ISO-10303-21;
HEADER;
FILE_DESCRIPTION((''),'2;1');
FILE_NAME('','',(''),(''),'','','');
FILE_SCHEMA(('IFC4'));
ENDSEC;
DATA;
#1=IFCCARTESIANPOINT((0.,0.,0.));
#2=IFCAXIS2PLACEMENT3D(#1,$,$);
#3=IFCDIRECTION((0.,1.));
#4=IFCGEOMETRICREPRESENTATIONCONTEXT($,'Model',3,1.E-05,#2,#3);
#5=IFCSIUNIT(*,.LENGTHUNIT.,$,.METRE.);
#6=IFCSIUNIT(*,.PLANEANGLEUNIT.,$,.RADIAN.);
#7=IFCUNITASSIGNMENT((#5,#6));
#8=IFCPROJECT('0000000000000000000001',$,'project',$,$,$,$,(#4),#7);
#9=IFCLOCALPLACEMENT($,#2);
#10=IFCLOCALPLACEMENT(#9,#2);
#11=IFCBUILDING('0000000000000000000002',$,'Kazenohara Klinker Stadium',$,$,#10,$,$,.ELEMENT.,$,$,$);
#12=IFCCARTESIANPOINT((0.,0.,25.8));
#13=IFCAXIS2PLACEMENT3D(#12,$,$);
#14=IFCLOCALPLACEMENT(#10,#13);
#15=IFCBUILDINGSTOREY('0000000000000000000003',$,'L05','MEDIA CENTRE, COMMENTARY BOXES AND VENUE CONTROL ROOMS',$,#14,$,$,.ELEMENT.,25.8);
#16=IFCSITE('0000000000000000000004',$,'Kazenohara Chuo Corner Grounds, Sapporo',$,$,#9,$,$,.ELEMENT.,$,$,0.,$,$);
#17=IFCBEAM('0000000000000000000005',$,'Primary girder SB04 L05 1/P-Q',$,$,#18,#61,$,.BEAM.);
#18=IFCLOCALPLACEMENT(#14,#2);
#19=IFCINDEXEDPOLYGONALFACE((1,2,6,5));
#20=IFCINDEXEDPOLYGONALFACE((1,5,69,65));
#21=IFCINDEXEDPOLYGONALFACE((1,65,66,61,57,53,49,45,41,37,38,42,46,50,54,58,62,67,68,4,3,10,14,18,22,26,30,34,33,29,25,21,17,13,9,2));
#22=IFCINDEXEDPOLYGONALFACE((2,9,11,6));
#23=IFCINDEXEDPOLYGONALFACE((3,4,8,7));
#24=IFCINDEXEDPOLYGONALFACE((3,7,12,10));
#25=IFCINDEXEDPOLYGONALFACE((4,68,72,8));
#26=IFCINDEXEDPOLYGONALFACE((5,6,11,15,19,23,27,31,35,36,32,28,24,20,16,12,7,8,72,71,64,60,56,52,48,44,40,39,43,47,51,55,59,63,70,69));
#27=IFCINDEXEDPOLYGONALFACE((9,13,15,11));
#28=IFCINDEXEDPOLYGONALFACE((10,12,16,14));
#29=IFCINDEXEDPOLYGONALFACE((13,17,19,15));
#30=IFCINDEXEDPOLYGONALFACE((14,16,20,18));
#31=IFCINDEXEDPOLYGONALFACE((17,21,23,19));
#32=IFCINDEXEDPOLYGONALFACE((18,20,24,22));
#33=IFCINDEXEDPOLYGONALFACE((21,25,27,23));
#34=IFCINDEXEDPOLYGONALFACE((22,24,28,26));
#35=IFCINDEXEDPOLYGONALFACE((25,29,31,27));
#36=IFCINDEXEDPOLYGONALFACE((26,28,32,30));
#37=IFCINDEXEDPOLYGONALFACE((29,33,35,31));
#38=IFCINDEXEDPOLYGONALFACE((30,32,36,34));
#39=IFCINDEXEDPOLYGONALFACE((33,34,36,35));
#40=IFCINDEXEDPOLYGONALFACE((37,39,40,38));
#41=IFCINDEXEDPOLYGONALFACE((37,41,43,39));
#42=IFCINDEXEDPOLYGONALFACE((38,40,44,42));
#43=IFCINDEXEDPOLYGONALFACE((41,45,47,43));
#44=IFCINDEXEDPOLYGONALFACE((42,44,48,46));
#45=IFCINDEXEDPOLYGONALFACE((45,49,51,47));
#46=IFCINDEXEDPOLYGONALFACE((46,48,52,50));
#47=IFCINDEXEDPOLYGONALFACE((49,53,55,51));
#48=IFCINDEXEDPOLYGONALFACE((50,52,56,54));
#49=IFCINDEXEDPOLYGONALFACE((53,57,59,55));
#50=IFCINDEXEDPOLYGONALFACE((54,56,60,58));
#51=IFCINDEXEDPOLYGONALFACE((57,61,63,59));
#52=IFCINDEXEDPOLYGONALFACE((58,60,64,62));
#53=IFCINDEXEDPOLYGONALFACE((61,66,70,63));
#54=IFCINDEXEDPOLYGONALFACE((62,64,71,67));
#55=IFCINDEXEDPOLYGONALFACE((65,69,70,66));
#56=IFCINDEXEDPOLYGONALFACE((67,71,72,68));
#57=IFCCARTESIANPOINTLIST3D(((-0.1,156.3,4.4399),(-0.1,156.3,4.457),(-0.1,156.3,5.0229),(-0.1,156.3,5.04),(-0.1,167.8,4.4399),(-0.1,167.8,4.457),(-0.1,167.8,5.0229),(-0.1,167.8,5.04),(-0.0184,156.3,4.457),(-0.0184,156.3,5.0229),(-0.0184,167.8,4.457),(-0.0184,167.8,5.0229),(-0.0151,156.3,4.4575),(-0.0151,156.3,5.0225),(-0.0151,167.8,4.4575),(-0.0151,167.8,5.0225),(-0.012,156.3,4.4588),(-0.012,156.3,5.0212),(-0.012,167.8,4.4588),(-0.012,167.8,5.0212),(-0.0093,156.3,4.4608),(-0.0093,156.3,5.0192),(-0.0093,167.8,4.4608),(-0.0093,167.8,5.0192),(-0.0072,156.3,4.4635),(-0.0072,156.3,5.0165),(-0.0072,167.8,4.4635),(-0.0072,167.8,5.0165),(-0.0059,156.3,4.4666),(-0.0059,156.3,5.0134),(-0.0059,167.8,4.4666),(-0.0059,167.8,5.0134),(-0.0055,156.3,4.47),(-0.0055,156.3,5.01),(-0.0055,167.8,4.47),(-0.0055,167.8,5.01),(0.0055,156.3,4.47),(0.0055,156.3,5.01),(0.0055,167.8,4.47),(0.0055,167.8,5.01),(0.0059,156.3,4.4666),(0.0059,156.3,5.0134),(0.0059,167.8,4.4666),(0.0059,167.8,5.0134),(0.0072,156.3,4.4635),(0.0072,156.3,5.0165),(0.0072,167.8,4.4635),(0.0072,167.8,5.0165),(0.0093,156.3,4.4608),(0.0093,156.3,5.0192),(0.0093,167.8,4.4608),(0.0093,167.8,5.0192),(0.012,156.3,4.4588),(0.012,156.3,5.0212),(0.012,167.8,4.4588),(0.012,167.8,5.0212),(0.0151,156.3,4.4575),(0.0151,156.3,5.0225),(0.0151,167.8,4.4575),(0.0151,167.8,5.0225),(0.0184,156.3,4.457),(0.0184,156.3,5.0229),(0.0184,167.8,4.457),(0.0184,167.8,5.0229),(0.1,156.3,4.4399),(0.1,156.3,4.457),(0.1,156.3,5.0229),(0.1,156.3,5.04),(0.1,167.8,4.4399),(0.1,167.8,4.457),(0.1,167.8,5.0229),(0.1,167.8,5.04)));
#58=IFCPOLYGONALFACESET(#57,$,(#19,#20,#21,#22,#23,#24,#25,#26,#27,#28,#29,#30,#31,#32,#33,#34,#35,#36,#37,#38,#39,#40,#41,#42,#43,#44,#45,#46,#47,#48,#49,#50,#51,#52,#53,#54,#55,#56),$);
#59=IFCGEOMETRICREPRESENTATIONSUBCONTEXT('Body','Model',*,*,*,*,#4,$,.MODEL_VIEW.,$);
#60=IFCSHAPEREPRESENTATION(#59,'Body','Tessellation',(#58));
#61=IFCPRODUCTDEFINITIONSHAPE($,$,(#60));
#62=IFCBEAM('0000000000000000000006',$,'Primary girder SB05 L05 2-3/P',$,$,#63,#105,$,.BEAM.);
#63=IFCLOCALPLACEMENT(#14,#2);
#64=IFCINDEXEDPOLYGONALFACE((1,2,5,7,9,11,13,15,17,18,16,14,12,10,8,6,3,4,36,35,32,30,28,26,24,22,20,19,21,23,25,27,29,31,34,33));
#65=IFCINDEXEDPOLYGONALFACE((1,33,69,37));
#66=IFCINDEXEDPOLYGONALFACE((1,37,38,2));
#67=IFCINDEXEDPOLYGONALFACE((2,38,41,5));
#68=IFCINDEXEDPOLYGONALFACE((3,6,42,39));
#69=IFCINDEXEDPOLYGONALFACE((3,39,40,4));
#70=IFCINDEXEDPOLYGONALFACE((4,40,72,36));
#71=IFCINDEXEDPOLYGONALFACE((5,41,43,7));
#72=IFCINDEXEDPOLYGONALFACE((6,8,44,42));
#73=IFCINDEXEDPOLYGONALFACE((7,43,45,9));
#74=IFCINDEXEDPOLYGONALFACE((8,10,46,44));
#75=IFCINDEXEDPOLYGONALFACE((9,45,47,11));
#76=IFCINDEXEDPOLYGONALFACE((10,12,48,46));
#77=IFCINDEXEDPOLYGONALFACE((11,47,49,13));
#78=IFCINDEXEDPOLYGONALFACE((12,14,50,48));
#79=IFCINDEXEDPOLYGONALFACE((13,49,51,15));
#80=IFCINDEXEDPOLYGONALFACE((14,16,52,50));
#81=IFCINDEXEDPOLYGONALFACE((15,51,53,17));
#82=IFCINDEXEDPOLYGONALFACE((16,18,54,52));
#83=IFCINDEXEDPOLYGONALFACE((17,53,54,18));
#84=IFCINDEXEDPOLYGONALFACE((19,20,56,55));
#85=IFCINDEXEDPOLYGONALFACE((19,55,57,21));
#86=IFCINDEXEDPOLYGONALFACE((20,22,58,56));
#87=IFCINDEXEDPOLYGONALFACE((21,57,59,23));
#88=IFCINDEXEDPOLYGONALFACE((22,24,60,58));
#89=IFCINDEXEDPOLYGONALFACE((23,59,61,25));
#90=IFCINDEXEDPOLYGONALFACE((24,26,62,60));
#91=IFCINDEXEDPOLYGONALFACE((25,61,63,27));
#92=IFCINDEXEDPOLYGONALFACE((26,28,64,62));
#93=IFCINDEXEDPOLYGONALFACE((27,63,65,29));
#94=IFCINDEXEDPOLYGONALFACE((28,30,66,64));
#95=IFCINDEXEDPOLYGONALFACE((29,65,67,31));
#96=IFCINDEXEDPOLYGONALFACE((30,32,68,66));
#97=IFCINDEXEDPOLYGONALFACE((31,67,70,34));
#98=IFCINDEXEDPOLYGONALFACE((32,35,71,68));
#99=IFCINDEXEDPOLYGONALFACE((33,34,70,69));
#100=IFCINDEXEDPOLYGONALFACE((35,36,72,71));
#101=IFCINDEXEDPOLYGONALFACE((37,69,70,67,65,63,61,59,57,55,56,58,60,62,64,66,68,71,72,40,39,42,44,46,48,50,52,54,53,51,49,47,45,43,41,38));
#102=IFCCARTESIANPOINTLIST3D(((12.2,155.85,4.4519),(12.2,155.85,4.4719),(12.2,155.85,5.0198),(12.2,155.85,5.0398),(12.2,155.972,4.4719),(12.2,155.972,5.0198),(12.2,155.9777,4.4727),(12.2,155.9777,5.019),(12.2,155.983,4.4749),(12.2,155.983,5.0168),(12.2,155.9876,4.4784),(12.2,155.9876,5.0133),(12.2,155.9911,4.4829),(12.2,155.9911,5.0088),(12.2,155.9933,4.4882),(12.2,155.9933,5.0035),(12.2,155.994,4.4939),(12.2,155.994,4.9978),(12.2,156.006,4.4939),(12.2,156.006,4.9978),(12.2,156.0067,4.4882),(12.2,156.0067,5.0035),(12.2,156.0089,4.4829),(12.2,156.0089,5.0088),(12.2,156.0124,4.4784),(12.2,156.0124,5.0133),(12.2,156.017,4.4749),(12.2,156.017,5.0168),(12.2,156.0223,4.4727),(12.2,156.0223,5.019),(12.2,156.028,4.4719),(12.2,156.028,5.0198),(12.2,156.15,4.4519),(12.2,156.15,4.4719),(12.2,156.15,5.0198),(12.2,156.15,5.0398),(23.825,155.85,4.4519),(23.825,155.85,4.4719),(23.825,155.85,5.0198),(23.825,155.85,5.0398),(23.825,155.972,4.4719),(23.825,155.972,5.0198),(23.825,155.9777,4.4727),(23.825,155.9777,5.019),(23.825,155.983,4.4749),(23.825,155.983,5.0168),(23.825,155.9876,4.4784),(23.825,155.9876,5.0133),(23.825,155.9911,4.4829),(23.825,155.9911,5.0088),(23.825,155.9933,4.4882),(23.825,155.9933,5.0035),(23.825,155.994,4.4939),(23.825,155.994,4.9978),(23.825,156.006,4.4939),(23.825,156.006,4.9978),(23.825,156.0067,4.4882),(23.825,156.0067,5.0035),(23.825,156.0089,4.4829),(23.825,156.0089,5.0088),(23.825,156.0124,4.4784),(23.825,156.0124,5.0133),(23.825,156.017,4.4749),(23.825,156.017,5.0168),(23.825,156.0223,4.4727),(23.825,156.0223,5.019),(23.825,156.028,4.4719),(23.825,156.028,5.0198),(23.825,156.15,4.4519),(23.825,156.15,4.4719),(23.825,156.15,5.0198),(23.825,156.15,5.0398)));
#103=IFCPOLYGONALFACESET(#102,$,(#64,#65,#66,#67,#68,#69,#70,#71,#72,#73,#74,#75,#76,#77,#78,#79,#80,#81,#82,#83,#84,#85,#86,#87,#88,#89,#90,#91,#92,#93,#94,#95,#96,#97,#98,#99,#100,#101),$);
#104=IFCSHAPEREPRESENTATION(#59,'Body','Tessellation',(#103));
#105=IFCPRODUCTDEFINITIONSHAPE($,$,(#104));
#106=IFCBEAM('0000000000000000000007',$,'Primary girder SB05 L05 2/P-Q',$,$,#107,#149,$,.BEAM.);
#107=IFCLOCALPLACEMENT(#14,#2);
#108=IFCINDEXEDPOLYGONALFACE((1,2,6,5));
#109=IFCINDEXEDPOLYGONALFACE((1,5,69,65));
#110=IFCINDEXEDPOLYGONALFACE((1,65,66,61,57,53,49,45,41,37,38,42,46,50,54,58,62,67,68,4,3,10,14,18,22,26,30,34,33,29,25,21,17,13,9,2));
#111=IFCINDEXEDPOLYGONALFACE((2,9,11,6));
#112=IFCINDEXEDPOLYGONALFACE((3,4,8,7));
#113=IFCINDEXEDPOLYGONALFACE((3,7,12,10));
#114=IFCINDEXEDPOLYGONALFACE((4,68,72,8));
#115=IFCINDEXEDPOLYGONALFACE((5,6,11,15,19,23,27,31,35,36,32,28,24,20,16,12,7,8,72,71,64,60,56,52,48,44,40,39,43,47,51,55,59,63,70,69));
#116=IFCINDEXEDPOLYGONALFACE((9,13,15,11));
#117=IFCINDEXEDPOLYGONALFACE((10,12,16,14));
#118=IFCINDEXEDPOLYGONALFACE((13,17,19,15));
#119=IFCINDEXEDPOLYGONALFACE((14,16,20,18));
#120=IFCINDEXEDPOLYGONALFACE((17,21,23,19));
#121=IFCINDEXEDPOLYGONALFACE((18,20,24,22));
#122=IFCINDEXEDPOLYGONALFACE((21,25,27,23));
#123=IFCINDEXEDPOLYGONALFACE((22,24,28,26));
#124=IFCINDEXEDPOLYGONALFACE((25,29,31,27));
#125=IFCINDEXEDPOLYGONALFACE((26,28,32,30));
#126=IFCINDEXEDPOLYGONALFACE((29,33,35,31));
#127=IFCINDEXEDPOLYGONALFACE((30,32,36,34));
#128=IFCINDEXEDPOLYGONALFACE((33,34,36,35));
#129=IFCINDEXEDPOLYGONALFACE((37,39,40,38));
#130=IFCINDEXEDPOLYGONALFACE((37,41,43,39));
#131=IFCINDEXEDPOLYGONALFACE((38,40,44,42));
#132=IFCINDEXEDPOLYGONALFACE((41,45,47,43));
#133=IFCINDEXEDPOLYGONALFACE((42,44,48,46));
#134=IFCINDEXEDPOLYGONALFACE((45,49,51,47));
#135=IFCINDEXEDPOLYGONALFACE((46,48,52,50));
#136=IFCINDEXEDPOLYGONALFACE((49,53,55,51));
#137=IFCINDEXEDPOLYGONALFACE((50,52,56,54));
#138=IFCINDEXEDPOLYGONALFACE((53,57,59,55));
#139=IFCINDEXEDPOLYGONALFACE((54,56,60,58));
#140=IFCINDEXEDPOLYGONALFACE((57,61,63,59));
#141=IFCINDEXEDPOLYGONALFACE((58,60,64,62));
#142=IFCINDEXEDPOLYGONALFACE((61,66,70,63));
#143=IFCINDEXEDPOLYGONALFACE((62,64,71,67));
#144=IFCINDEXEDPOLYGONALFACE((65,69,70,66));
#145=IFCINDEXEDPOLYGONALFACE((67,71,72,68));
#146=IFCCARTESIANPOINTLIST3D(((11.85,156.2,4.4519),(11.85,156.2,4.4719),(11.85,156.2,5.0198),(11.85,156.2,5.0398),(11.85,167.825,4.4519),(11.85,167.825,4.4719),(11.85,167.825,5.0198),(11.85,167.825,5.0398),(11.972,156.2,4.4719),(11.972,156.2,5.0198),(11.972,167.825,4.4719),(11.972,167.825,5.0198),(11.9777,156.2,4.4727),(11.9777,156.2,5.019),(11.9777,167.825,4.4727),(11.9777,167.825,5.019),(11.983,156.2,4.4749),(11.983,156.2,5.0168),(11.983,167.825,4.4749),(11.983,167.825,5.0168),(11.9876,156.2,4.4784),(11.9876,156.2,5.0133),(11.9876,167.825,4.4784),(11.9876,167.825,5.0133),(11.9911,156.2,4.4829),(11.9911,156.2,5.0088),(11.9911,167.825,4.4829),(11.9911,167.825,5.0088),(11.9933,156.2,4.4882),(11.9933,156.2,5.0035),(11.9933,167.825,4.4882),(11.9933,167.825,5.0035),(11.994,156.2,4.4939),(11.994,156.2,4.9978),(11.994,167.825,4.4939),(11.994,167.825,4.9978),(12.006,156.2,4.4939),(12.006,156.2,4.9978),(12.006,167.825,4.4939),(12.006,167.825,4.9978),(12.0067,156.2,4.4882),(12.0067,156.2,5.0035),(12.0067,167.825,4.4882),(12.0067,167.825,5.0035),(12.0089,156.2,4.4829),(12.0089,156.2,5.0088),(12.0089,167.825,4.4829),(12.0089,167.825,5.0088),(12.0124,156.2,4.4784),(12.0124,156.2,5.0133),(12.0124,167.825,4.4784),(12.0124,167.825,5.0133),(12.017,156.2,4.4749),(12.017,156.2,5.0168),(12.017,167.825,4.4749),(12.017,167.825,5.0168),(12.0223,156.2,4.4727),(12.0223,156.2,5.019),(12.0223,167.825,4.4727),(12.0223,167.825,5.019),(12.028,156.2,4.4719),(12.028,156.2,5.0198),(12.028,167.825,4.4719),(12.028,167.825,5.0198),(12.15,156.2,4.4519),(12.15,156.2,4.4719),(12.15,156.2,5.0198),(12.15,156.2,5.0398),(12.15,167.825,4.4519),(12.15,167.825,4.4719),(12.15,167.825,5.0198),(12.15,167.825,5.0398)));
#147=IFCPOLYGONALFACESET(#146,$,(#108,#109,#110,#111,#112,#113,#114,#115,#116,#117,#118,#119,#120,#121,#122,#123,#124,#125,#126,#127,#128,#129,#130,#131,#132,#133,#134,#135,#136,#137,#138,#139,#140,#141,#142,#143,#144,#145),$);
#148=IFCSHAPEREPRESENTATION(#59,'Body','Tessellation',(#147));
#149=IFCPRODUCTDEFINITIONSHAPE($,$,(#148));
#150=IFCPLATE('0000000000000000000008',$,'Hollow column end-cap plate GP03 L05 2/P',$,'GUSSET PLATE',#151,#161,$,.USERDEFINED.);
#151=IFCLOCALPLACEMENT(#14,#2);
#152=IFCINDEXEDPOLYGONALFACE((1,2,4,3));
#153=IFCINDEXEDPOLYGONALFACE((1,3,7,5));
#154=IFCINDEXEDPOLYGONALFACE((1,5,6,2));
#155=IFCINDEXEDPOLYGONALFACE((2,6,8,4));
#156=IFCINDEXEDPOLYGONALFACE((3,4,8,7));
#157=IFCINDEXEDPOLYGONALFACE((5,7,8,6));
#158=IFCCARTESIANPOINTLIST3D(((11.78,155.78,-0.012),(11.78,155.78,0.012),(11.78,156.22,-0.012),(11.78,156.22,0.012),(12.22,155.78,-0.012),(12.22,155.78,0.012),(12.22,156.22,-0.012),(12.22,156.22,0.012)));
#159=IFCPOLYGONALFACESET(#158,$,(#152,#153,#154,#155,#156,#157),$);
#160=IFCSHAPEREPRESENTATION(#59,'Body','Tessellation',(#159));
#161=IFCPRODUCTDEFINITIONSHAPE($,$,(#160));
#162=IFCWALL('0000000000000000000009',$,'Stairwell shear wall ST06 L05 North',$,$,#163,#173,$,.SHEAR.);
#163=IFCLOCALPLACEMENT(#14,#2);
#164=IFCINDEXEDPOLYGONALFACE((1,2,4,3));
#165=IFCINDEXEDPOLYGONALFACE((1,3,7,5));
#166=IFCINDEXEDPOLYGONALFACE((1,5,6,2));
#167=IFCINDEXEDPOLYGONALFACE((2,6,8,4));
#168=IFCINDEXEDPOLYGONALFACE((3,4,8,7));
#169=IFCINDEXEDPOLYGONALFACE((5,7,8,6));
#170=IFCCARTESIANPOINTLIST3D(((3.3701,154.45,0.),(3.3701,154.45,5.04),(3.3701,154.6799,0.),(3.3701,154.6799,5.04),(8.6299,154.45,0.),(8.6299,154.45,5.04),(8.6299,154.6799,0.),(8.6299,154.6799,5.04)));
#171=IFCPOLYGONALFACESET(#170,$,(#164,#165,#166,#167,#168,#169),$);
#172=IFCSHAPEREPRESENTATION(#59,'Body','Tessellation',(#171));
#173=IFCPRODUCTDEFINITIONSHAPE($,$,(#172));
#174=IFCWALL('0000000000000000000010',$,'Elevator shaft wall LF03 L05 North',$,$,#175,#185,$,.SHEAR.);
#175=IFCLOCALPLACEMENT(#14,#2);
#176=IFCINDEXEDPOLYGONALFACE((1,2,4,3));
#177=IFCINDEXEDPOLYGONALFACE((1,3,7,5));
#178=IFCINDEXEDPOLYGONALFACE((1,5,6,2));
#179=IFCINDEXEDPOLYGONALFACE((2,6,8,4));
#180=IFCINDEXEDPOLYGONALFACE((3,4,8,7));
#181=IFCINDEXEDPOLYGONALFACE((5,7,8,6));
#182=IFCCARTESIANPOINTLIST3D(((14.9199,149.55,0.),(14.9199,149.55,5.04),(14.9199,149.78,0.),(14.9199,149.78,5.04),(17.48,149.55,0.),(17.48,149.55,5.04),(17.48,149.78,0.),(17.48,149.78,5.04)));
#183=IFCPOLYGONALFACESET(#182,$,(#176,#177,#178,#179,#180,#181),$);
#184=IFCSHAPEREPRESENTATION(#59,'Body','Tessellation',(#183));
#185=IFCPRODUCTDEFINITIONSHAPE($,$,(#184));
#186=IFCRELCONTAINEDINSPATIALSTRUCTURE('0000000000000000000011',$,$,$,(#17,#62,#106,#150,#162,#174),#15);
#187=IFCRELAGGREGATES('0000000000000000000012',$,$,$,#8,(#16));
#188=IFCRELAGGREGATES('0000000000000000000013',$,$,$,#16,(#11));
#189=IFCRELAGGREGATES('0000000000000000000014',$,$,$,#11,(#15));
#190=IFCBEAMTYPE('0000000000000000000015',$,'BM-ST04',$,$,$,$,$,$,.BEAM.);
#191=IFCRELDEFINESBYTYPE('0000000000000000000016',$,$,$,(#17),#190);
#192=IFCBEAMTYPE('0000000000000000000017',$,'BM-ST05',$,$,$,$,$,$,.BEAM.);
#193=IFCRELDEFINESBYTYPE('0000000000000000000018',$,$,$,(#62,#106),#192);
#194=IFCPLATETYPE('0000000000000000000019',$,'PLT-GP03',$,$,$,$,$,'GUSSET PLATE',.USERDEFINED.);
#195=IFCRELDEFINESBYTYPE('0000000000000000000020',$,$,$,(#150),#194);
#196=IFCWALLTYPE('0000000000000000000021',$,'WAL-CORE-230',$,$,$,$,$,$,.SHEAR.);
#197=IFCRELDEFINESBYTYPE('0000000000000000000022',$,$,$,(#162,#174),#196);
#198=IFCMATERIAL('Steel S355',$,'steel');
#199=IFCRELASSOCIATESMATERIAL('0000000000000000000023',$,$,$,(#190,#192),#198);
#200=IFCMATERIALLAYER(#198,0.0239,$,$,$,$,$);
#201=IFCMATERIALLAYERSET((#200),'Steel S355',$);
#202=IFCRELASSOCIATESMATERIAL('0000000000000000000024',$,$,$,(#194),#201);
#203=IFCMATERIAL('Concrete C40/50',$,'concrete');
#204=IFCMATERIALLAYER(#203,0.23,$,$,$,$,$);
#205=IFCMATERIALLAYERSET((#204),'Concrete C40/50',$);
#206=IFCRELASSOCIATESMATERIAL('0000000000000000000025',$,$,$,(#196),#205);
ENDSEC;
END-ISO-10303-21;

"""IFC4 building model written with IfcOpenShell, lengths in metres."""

from ifc_helpers import new_model, si_unit, direction, frame, frame_2d, origin, origin_2d, place, context, subcontext, project, spatial, rectangle, i_section, extrude, material, layer, layer_set, material_profile, profile_set, type_object, element, save


model = new_model("IFC4")

# Units and contexts
model_context = context("Model", 3, precision=1e-05, world=origin(), true_north=direction((0.0, 1.0)))
body_context = subcontext(model_context, "Body", "Model", "MODEL_VIEW")
ifc_project = project(units=[si_unit("LENGTHUNIT", "METRE"), si_unit("PLANEANGLEUNIT", "RADIAN")], contexts=[model_context])

# Site, building, storey
site_placement = place(None, origin())
site = spatial("IfcSite", under=ifc_project, at=site_placement, Name="Kazenohara Chuo Corner Grounds, Sapporo", CompositionType="ELEMENT", RefElevation=0.0)
building_placement = place(site_placement, origin())
building = spatial("IfcBuilding", under=site, at=building_placement, Name="Kazenohara Klinker Stadium", CompositionType="ELEMENT")
storey_placement = place(building_placement, frame((0.0, 0.0, 25.8)))
storey = spatial("IfcBuildingStorey", under=building, at=storey_placement, Name="L05", Description="MEDIA CENTRE, COMMENTARY BOXES AND VENUE CONTROL ROOMS", CompositionType="ELEMENT", Elevation=25.8)

# Shared definitions
ifc_material_1 = material(Name="Concrete C40/50", Category="concrete")
ifc_material_2 = material(Name="Steel S355", Category="steel")

# Beams
ifc_material_profile_1 = material_profile(ifc_material_2, i_section(OverallWidth=0.2, OverallDepth=0.6001, WebThickness=0.011, FlangeThickness=0.0171, FilletRadius=0.0129, at=origin_2d()), Name="H-600x200x11x17")
ifc_profile_set_1 = profile_set([ifc_material_profile_1], Name="Steel S355")
beam_type_1 = type_object("IfcBeamType", Name="BM-ST04", PredefinedType="BEAM", material=ifc_profile_set_1)
for number, where, z_axis, x_axis, name in (
    (1, (0.0, 156.3, 4.74), (0.0, 1.0, 0.0), (-1.0, 0.0, 0.0), "Primary girder SB04 L05 1/P-Q"),
):
    element("IfcBeam", number, at=place(storey_placement, frame(where, z_axis=z_axis, x_axis=x_axis)), inside=storey, type_object=beam_type_1, Name=name, PredefinedType="BEAM", context=body_context, shape_type="SweptSolid", body=[
        extrude(i_section(OverallWidth=0.2, OverallDepth=0.6001, WebThickness=0.011, FlangeThickness=0.0171, FilletRadius=0.0129, at=origin_2d()), origin(), (0.0, 0.0, 1.0), 11.5),
    ])
ifc_material_profile_2 = material_profile(ifc_material_2, i_section(OverallWidth=0.3, OverallDepth=0.5879, WebThickness=0.012, FlangeThickness=0.02, FilletRadius=0.022, at=origin_2d()), Name="H-588x300x12x20")
ifc_profile_set_2 = profile_set([ifc_material_profile_2], Name="Steel S355")
beam_type_2 = type_object("IfcBeamType", Name="BM-ST05", PredefinedType="BEAM", material=ifc_profile_set_2)
for number, where, z_axis, x_axis, name in (
    (2, (12.2, 156.0, 4.7458), (1.0, 0.0, 0.0), (0.0, 1.0, 0.0), "Primary girder SB05 L05 2-3/P"),
    (3, (12.0, 156.2, 4.7458), (0.0, 1.0, 0.0), (-1.0, 0.0, 0.0), "Primary girder SB05 L05 2/P-Q"),
):
    element("IfcBeam", number, at=place(storey_placement, frame(where, z_axis=z_axis, x_axis=x_axis)), inside=storey, type_object=beam_type_2, Name=name, PredefinedType="BEAM", context=body_context, shape_type="SweptSolid", body=[
        extrude(i_section(OverallWidth=0.3, OverallDepth=0.5879, WebThickness=0.012, FlangeThickness=0.02, FilletRadius=0.022, at=origin_2d()), origin(), (0.0, 0.0, 1.0), 11.625),
    ])

# Plate
ifc_layer_1 = layer(ifc_material_2, 0.0239)
ifc_layer_set_1 = layer_set([ifc_layer_1], Name="Steel S355")
plate_type = type_object("IfcPlateType", Name="PLT-GP03", ElementType="GUSSET PLATE", PredefinedType="USERDEFINED", material=ifc_layer_set_1)
plate_placement = place(storey_placement, frame((12.0, 156.0, -0.012), z_axis=(0.0, 0.0, 1.0), x_axis=(1.0, 0.0, 0.0)))
element("IfcPlate", 4, at=plate_placement, inside=storey, type_object=plate_type, Name="Hollow column end-cap plate GP03 L05 2/P", ObjectType="GUSSET PLATE", PredefinedType="USERDEFINED", context=body_context, shape_type="SweptSolid", body=[
    extrude(rectangle(XDim=0.4399, YDim=0.4399, at=origin_2d()), origin(), (0.0, 0.0, 1.0), 0.0239),
])

# Walls
ifc_layer_2 = layer(ifc_material_1, 0.23)
ifc_layer_set_2 = layer_set([ifc_layer_2], Name="Concrete C40/50")
wall_type_1 = type_object("IfcWallType", Name="WAL-CORE-230", PredefinedType="SHEAR", material=ifc_layer_set_2)
wall_1_placement = place(storey_placement, frame((3.3701, 154.5649, 0.0), z_axis=(0.0, 0.0, 1.0), x_axis=(1.0, 0.0, 0.0)))
element("IfcWall", 5, at=wall_1_placement, inside=storey, type_object=wall_type_1, Name="Stairwell shear wall ST06 L05 North", PredefinedType="SHEAR", context=body_context, shape_type="SweptSolid", body=[
    extrude(rectangle(XDim=5.2598, YDim=0.23, at=frame_2d((2.6299, 0.0))), origin(), (0.0, 0.0, 1.0), 5.04),
])
wall_2_placement = place(storey_placement, frame((14.9199, 149.665, 0.0), z_axis=(0.0, 0.0, 1.0), x_axis=(1.0, 0.0, 0.0)))
element("IfcWall", 6, at=wall_2_placement, inside=storey, type_object=wall_type_1, Name="Elevator shaft wall LF03 L05 North", PredefinedType="SHEAR", context=body_context, shape_type="SweptSolid", body=[
    extrude(rectangle(XDim=2.5601, YDim=0.23, at=frame_2d((1.28, 0.0))), origin(), (0.0, 0.0, 1.0), 5.04),
])

save(model, "model.ifc")
